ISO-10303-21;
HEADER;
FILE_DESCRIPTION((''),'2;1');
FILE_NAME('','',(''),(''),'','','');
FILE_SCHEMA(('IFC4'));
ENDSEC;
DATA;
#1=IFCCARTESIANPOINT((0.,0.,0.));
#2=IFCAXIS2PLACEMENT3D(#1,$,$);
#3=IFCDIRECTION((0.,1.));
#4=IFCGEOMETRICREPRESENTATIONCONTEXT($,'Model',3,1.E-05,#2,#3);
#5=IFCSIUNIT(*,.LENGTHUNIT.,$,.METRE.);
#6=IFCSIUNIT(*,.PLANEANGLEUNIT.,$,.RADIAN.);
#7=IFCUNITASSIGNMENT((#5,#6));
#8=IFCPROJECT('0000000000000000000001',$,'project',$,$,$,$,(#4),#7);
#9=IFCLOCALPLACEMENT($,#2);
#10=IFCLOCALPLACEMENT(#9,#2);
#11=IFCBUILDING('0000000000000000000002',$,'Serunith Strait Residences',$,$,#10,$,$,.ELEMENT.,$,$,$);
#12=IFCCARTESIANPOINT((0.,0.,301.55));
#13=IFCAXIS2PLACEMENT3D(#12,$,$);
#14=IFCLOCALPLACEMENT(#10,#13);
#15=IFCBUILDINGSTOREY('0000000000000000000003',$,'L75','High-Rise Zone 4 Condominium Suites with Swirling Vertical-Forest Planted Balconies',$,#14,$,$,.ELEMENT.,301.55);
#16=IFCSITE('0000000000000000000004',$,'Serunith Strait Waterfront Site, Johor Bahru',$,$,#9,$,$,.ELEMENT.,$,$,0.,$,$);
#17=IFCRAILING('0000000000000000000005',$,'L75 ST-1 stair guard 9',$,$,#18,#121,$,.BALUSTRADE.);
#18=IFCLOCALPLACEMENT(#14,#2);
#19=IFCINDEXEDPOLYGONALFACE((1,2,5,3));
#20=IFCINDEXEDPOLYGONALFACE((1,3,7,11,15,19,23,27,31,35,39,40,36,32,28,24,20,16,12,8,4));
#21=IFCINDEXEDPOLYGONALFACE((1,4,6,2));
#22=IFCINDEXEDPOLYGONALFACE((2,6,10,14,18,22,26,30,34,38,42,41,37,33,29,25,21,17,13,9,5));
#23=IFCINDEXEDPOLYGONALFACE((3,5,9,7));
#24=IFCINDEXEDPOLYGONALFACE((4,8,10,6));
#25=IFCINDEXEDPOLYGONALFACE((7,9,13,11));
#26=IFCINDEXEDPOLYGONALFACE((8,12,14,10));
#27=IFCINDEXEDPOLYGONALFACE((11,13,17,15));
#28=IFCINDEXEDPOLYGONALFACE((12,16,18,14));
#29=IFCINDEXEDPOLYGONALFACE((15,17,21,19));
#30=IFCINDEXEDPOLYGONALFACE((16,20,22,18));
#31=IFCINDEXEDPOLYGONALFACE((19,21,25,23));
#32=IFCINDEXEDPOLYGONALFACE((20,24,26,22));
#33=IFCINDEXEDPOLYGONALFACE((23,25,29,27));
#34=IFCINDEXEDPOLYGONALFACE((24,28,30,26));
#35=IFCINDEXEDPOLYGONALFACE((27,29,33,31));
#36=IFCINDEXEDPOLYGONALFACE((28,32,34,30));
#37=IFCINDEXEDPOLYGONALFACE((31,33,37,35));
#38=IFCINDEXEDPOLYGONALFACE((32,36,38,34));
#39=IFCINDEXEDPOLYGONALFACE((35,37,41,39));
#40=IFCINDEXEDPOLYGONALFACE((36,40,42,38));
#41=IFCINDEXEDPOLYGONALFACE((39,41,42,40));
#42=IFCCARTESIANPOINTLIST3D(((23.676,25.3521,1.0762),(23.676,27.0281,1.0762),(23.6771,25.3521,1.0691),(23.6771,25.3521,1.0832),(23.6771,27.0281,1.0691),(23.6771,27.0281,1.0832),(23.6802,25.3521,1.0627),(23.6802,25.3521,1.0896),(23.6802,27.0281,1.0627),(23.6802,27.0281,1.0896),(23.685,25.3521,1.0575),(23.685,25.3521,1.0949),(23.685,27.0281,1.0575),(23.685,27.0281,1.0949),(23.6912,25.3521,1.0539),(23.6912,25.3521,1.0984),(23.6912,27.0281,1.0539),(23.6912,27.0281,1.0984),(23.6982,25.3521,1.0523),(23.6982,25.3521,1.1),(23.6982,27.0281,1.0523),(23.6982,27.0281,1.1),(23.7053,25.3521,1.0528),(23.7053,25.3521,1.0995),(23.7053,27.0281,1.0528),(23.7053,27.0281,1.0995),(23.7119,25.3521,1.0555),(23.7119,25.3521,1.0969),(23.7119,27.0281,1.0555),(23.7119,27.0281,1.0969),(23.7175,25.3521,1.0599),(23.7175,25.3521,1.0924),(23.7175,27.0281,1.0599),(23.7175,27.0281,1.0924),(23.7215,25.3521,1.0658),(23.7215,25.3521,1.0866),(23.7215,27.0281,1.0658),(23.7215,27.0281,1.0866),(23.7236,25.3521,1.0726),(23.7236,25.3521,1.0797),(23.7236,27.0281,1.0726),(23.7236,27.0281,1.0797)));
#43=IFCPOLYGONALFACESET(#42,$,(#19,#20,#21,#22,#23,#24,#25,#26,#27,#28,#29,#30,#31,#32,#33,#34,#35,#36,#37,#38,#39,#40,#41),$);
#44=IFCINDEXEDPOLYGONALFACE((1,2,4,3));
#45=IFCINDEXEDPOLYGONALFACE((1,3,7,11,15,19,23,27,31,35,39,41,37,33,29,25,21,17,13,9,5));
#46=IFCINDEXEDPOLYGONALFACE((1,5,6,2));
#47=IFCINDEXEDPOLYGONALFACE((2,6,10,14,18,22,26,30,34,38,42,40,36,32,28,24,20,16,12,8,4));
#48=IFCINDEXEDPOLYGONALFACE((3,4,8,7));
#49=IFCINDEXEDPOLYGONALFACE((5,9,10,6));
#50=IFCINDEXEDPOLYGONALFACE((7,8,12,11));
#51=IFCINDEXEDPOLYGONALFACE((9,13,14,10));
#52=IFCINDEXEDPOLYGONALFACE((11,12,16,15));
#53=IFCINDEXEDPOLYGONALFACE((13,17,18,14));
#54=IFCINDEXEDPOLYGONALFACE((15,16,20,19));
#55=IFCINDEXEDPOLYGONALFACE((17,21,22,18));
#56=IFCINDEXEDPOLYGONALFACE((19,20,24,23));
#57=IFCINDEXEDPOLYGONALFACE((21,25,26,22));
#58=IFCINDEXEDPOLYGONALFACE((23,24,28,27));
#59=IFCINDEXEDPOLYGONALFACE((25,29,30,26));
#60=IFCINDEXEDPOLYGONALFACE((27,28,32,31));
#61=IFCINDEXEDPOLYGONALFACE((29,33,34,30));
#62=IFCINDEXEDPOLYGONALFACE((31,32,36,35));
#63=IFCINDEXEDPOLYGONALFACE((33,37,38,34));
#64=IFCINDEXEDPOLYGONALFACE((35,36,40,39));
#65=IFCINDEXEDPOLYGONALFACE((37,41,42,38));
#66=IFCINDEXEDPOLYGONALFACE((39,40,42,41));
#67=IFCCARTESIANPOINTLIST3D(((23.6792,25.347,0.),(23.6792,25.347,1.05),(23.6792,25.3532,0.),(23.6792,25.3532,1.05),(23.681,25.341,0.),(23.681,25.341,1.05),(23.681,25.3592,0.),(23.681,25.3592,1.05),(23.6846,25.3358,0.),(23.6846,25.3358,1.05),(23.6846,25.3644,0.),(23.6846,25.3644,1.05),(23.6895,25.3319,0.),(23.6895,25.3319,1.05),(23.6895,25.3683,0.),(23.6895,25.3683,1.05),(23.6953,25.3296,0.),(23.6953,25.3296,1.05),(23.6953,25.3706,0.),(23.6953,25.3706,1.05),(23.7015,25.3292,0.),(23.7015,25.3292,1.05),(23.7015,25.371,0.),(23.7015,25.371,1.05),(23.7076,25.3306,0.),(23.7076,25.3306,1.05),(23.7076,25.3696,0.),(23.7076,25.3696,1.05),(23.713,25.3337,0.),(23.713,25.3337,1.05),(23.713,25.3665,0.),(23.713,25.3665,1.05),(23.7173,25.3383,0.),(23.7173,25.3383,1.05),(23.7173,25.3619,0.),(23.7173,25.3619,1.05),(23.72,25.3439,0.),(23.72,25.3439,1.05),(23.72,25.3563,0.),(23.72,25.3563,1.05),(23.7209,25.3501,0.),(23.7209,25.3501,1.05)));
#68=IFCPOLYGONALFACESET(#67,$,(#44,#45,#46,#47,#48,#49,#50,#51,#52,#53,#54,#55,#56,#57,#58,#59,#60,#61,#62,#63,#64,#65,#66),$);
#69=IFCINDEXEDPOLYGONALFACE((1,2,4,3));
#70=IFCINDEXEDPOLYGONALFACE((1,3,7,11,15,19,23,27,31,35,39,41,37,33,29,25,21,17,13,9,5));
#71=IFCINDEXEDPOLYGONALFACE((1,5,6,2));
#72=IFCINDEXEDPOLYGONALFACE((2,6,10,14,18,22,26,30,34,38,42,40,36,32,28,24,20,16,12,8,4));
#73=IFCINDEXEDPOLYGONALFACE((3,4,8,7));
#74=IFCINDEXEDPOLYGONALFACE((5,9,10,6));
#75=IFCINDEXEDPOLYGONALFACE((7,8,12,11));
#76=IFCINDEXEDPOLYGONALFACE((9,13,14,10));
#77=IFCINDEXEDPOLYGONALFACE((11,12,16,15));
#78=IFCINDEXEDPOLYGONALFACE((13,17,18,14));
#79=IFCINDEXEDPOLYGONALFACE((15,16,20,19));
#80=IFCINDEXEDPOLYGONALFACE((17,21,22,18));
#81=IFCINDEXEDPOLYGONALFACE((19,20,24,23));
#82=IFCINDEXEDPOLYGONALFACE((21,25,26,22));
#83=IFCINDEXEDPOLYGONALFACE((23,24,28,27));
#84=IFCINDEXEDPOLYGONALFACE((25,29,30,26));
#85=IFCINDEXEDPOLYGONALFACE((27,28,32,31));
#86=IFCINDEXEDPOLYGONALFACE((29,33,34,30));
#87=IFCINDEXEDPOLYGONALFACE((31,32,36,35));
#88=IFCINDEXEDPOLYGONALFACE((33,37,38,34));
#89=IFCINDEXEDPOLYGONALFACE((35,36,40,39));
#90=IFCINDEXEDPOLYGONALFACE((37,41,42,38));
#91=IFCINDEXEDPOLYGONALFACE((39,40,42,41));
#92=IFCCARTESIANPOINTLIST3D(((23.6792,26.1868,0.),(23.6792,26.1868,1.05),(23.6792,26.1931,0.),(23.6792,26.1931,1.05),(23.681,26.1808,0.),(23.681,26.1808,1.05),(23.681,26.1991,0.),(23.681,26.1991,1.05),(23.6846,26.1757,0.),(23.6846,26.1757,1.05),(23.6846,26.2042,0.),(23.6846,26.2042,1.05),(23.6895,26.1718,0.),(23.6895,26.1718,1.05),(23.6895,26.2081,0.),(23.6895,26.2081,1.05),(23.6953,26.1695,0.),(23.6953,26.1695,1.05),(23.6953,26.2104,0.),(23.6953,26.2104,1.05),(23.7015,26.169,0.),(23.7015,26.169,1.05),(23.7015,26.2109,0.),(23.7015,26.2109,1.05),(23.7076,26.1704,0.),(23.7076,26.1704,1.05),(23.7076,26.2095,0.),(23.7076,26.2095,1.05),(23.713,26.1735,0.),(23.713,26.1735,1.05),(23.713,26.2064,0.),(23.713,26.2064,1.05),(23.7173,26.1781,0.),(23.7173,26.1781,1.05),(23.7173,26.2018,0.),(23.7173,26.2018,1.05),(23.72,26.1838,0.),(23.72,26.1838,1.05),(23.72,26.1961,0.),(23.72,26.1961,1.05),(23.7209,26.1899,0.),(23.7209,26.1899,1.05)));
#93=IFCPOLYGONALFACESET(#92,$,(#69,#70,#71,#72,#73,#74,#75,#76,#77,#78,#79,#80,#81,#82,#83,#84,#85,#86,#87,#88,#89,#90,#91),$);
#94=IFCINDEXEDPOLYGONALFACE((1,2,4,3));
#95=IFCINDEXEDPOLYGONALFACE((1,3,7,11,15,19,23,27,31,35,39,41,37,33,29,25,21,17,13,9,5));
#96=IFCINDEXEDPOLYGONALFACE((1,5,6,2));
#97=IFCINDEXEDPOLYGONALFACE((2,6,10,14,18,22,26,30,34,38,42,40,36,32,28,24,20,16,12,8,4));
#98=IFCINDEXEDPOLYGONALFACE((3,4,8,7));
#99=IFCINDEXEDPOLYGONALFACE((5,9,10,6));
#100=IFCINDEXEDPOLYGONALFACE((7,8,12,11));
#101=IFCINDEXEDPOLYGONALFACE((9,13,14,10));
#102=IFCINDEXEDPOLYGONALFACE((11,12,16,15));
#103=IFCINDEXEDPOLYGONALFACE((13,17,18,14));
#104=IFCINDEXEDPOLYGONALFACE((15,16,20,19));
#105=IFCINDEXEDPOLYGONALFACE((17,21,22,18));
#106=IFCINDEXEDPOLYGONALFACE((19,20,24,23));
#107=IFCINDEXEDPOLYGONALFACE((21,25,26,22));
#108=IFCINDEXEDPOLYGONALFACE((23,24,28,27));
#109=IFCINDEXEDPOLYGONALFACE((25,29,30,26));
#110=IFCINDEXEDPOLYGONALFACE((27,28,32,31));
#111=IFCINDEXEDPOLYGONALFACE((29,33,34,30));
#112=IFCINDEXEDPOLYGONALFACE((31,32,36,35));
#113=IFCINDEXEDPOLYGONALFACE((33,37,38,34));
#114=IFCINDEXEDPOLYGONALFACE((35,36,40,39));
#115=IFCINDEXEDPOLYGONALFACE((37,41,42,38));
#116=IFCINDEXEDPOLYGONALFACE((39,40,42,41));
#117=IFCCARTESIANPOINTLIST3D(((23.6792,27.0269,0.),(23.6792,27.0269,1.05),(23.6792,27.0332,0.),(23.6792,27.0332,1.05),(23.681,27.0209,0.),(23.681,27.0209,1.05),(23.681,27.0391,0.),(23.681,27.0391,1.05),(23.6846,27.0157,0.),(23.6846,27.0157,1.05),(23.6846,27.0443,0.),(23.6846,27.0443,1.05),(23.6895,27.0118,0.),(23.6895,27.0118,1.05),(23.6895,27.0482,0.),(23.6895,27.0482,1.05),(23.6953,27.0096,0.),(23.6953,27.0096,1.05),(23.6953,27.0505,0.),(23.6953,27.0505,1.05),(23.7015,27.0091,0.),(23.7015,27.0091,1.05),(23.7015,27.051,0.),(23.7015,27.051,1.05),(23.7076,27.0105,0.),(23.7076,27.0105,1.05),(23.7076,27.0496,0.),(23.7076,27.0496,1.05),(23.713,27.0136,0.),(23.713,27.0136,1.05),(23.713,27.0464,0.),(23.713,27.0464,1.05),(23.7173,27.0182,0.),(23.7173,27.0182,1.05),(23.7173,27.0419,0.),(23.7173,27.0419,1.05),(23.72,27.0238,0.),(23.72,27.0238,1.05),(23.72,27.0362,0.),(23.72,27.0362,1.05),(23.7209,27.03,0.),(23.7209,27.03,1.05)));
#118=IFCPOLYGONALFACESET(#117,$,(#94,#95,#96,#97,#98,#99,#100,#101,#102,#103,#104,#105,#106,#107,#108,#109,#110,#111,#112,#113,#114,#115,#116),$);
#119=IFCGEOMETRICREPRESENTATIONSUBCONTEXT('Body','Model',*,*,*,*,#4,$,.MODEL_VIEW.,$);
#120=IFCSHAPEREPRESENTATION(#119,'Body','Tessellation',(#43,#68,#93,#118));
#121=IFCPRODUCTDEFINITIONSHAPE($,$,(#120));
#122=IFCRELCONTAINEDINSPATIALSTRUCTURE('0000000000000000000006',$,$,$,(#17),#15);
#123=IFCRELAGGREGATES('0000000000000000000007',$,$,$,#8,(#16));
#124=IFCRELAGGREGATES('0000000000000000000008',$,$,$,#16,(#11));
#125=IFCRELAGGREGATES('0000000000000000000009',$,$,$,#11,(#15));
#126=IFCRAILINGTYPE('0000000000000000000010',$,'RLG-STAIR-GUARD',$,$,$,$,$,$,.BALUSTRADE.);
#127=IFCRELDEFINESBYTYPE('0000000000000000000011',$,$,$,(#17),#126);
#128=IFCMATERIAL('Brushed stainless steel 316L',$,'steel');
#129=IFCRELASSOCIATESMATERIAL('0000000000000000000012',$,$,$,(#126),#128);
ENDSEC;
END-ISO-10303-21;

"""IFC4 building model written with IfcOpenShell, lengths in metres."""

from ifc_helpers import new_model, si_unit, direction, frame, origin, origin_2d, place, context, subcontext, project, spatial, circle, extrude, material, type_object, element, save


model = new_model("IFC4")

# Units and contexts
model_context = context("Model", 3, precision=1e-05, world=origin(), true_north=direction((0.0, 1.0)))
body_context = subcontext(model_context, "Body", "Model", "MODEL_VIEW")
ifc_project = project(units=[si_unit("LENGTHUNIT", "METRE"), si_unit("PLANEANGLEUNIT", "RADIAN")], contexts=[model_context])

# Site, building, storey
site_placement = place(None, origin())
site = spatial("IfcSite", under=ifc_project, at=site_placement, Name="Serunith Strait Waterfront Site, Johor Bahru", CompositionType="ELEMENT", RefElevation=0.0)
building_placement = place(site_placement, origin())
building = spatial("IfcBuilding", under=site, at=building_placement, Name="Serunith Strait Residences", CompositionType="ELEMENT")
storey_placement = place(building_placement, frame((0.0, 0.0, 301.55)))
storey = spatial("IfcBuildingStorey", under=building, at=storey_placement, Name="L75", Description="High-Rise Zone 4 Condominium Suites with Swirling Vertical-Forest Planted Balconies", CompositionType="ELEMENT", Elevation=301.55)

# Railing
ifc_material_1 = material(Name="Brushed stainless steel 316L", Category="steel")
railing_type_1 = type_object("IfcRailingType", Name="RLG-STAIR-GUARD", PredefinedType="BALUSTRADE", material=ifc_material_1)
for number, where, name in (
    (1, (23.7, 25.3501, 0.0), "L75 ST-1 stair guard 9"),
):
    element("IfcRailing", number, at=place(storey_placement, frame(where)), inside=storey, type_object=railing_type_1, Name=name, PredefinedType="BALUSTRADE", context=body_context, shape_type="SweptSolid", body=[
        extrude(circle(Radius=0.0239, at=origin_2d()), frame((0.0, 0.002, 1.0762), z_axis=(0.0, 1.0, 0.0), x_axis=(-1.0, 0.0, 0.0)), (0.0, 0.0, 1.0), 1.676),
        extrude(circle(Radius=0.021, at=origin_2d()), origin(), (0.0, 0.0, 1.0), 1.05),
        extrude(circle(Radius=0.021, at=origin_2d()), frame((0.0, 0.8398, 0.0)), (0.0, 0.0, 1.0), 1.05),
        extrude(circle(Radius=0.021, at=origin_2d()), frame((0.0, 1.6799, 0.0)), (0.0, 0.0, 1.0), 1.05),
    ])

save(model, "model.ifc")
